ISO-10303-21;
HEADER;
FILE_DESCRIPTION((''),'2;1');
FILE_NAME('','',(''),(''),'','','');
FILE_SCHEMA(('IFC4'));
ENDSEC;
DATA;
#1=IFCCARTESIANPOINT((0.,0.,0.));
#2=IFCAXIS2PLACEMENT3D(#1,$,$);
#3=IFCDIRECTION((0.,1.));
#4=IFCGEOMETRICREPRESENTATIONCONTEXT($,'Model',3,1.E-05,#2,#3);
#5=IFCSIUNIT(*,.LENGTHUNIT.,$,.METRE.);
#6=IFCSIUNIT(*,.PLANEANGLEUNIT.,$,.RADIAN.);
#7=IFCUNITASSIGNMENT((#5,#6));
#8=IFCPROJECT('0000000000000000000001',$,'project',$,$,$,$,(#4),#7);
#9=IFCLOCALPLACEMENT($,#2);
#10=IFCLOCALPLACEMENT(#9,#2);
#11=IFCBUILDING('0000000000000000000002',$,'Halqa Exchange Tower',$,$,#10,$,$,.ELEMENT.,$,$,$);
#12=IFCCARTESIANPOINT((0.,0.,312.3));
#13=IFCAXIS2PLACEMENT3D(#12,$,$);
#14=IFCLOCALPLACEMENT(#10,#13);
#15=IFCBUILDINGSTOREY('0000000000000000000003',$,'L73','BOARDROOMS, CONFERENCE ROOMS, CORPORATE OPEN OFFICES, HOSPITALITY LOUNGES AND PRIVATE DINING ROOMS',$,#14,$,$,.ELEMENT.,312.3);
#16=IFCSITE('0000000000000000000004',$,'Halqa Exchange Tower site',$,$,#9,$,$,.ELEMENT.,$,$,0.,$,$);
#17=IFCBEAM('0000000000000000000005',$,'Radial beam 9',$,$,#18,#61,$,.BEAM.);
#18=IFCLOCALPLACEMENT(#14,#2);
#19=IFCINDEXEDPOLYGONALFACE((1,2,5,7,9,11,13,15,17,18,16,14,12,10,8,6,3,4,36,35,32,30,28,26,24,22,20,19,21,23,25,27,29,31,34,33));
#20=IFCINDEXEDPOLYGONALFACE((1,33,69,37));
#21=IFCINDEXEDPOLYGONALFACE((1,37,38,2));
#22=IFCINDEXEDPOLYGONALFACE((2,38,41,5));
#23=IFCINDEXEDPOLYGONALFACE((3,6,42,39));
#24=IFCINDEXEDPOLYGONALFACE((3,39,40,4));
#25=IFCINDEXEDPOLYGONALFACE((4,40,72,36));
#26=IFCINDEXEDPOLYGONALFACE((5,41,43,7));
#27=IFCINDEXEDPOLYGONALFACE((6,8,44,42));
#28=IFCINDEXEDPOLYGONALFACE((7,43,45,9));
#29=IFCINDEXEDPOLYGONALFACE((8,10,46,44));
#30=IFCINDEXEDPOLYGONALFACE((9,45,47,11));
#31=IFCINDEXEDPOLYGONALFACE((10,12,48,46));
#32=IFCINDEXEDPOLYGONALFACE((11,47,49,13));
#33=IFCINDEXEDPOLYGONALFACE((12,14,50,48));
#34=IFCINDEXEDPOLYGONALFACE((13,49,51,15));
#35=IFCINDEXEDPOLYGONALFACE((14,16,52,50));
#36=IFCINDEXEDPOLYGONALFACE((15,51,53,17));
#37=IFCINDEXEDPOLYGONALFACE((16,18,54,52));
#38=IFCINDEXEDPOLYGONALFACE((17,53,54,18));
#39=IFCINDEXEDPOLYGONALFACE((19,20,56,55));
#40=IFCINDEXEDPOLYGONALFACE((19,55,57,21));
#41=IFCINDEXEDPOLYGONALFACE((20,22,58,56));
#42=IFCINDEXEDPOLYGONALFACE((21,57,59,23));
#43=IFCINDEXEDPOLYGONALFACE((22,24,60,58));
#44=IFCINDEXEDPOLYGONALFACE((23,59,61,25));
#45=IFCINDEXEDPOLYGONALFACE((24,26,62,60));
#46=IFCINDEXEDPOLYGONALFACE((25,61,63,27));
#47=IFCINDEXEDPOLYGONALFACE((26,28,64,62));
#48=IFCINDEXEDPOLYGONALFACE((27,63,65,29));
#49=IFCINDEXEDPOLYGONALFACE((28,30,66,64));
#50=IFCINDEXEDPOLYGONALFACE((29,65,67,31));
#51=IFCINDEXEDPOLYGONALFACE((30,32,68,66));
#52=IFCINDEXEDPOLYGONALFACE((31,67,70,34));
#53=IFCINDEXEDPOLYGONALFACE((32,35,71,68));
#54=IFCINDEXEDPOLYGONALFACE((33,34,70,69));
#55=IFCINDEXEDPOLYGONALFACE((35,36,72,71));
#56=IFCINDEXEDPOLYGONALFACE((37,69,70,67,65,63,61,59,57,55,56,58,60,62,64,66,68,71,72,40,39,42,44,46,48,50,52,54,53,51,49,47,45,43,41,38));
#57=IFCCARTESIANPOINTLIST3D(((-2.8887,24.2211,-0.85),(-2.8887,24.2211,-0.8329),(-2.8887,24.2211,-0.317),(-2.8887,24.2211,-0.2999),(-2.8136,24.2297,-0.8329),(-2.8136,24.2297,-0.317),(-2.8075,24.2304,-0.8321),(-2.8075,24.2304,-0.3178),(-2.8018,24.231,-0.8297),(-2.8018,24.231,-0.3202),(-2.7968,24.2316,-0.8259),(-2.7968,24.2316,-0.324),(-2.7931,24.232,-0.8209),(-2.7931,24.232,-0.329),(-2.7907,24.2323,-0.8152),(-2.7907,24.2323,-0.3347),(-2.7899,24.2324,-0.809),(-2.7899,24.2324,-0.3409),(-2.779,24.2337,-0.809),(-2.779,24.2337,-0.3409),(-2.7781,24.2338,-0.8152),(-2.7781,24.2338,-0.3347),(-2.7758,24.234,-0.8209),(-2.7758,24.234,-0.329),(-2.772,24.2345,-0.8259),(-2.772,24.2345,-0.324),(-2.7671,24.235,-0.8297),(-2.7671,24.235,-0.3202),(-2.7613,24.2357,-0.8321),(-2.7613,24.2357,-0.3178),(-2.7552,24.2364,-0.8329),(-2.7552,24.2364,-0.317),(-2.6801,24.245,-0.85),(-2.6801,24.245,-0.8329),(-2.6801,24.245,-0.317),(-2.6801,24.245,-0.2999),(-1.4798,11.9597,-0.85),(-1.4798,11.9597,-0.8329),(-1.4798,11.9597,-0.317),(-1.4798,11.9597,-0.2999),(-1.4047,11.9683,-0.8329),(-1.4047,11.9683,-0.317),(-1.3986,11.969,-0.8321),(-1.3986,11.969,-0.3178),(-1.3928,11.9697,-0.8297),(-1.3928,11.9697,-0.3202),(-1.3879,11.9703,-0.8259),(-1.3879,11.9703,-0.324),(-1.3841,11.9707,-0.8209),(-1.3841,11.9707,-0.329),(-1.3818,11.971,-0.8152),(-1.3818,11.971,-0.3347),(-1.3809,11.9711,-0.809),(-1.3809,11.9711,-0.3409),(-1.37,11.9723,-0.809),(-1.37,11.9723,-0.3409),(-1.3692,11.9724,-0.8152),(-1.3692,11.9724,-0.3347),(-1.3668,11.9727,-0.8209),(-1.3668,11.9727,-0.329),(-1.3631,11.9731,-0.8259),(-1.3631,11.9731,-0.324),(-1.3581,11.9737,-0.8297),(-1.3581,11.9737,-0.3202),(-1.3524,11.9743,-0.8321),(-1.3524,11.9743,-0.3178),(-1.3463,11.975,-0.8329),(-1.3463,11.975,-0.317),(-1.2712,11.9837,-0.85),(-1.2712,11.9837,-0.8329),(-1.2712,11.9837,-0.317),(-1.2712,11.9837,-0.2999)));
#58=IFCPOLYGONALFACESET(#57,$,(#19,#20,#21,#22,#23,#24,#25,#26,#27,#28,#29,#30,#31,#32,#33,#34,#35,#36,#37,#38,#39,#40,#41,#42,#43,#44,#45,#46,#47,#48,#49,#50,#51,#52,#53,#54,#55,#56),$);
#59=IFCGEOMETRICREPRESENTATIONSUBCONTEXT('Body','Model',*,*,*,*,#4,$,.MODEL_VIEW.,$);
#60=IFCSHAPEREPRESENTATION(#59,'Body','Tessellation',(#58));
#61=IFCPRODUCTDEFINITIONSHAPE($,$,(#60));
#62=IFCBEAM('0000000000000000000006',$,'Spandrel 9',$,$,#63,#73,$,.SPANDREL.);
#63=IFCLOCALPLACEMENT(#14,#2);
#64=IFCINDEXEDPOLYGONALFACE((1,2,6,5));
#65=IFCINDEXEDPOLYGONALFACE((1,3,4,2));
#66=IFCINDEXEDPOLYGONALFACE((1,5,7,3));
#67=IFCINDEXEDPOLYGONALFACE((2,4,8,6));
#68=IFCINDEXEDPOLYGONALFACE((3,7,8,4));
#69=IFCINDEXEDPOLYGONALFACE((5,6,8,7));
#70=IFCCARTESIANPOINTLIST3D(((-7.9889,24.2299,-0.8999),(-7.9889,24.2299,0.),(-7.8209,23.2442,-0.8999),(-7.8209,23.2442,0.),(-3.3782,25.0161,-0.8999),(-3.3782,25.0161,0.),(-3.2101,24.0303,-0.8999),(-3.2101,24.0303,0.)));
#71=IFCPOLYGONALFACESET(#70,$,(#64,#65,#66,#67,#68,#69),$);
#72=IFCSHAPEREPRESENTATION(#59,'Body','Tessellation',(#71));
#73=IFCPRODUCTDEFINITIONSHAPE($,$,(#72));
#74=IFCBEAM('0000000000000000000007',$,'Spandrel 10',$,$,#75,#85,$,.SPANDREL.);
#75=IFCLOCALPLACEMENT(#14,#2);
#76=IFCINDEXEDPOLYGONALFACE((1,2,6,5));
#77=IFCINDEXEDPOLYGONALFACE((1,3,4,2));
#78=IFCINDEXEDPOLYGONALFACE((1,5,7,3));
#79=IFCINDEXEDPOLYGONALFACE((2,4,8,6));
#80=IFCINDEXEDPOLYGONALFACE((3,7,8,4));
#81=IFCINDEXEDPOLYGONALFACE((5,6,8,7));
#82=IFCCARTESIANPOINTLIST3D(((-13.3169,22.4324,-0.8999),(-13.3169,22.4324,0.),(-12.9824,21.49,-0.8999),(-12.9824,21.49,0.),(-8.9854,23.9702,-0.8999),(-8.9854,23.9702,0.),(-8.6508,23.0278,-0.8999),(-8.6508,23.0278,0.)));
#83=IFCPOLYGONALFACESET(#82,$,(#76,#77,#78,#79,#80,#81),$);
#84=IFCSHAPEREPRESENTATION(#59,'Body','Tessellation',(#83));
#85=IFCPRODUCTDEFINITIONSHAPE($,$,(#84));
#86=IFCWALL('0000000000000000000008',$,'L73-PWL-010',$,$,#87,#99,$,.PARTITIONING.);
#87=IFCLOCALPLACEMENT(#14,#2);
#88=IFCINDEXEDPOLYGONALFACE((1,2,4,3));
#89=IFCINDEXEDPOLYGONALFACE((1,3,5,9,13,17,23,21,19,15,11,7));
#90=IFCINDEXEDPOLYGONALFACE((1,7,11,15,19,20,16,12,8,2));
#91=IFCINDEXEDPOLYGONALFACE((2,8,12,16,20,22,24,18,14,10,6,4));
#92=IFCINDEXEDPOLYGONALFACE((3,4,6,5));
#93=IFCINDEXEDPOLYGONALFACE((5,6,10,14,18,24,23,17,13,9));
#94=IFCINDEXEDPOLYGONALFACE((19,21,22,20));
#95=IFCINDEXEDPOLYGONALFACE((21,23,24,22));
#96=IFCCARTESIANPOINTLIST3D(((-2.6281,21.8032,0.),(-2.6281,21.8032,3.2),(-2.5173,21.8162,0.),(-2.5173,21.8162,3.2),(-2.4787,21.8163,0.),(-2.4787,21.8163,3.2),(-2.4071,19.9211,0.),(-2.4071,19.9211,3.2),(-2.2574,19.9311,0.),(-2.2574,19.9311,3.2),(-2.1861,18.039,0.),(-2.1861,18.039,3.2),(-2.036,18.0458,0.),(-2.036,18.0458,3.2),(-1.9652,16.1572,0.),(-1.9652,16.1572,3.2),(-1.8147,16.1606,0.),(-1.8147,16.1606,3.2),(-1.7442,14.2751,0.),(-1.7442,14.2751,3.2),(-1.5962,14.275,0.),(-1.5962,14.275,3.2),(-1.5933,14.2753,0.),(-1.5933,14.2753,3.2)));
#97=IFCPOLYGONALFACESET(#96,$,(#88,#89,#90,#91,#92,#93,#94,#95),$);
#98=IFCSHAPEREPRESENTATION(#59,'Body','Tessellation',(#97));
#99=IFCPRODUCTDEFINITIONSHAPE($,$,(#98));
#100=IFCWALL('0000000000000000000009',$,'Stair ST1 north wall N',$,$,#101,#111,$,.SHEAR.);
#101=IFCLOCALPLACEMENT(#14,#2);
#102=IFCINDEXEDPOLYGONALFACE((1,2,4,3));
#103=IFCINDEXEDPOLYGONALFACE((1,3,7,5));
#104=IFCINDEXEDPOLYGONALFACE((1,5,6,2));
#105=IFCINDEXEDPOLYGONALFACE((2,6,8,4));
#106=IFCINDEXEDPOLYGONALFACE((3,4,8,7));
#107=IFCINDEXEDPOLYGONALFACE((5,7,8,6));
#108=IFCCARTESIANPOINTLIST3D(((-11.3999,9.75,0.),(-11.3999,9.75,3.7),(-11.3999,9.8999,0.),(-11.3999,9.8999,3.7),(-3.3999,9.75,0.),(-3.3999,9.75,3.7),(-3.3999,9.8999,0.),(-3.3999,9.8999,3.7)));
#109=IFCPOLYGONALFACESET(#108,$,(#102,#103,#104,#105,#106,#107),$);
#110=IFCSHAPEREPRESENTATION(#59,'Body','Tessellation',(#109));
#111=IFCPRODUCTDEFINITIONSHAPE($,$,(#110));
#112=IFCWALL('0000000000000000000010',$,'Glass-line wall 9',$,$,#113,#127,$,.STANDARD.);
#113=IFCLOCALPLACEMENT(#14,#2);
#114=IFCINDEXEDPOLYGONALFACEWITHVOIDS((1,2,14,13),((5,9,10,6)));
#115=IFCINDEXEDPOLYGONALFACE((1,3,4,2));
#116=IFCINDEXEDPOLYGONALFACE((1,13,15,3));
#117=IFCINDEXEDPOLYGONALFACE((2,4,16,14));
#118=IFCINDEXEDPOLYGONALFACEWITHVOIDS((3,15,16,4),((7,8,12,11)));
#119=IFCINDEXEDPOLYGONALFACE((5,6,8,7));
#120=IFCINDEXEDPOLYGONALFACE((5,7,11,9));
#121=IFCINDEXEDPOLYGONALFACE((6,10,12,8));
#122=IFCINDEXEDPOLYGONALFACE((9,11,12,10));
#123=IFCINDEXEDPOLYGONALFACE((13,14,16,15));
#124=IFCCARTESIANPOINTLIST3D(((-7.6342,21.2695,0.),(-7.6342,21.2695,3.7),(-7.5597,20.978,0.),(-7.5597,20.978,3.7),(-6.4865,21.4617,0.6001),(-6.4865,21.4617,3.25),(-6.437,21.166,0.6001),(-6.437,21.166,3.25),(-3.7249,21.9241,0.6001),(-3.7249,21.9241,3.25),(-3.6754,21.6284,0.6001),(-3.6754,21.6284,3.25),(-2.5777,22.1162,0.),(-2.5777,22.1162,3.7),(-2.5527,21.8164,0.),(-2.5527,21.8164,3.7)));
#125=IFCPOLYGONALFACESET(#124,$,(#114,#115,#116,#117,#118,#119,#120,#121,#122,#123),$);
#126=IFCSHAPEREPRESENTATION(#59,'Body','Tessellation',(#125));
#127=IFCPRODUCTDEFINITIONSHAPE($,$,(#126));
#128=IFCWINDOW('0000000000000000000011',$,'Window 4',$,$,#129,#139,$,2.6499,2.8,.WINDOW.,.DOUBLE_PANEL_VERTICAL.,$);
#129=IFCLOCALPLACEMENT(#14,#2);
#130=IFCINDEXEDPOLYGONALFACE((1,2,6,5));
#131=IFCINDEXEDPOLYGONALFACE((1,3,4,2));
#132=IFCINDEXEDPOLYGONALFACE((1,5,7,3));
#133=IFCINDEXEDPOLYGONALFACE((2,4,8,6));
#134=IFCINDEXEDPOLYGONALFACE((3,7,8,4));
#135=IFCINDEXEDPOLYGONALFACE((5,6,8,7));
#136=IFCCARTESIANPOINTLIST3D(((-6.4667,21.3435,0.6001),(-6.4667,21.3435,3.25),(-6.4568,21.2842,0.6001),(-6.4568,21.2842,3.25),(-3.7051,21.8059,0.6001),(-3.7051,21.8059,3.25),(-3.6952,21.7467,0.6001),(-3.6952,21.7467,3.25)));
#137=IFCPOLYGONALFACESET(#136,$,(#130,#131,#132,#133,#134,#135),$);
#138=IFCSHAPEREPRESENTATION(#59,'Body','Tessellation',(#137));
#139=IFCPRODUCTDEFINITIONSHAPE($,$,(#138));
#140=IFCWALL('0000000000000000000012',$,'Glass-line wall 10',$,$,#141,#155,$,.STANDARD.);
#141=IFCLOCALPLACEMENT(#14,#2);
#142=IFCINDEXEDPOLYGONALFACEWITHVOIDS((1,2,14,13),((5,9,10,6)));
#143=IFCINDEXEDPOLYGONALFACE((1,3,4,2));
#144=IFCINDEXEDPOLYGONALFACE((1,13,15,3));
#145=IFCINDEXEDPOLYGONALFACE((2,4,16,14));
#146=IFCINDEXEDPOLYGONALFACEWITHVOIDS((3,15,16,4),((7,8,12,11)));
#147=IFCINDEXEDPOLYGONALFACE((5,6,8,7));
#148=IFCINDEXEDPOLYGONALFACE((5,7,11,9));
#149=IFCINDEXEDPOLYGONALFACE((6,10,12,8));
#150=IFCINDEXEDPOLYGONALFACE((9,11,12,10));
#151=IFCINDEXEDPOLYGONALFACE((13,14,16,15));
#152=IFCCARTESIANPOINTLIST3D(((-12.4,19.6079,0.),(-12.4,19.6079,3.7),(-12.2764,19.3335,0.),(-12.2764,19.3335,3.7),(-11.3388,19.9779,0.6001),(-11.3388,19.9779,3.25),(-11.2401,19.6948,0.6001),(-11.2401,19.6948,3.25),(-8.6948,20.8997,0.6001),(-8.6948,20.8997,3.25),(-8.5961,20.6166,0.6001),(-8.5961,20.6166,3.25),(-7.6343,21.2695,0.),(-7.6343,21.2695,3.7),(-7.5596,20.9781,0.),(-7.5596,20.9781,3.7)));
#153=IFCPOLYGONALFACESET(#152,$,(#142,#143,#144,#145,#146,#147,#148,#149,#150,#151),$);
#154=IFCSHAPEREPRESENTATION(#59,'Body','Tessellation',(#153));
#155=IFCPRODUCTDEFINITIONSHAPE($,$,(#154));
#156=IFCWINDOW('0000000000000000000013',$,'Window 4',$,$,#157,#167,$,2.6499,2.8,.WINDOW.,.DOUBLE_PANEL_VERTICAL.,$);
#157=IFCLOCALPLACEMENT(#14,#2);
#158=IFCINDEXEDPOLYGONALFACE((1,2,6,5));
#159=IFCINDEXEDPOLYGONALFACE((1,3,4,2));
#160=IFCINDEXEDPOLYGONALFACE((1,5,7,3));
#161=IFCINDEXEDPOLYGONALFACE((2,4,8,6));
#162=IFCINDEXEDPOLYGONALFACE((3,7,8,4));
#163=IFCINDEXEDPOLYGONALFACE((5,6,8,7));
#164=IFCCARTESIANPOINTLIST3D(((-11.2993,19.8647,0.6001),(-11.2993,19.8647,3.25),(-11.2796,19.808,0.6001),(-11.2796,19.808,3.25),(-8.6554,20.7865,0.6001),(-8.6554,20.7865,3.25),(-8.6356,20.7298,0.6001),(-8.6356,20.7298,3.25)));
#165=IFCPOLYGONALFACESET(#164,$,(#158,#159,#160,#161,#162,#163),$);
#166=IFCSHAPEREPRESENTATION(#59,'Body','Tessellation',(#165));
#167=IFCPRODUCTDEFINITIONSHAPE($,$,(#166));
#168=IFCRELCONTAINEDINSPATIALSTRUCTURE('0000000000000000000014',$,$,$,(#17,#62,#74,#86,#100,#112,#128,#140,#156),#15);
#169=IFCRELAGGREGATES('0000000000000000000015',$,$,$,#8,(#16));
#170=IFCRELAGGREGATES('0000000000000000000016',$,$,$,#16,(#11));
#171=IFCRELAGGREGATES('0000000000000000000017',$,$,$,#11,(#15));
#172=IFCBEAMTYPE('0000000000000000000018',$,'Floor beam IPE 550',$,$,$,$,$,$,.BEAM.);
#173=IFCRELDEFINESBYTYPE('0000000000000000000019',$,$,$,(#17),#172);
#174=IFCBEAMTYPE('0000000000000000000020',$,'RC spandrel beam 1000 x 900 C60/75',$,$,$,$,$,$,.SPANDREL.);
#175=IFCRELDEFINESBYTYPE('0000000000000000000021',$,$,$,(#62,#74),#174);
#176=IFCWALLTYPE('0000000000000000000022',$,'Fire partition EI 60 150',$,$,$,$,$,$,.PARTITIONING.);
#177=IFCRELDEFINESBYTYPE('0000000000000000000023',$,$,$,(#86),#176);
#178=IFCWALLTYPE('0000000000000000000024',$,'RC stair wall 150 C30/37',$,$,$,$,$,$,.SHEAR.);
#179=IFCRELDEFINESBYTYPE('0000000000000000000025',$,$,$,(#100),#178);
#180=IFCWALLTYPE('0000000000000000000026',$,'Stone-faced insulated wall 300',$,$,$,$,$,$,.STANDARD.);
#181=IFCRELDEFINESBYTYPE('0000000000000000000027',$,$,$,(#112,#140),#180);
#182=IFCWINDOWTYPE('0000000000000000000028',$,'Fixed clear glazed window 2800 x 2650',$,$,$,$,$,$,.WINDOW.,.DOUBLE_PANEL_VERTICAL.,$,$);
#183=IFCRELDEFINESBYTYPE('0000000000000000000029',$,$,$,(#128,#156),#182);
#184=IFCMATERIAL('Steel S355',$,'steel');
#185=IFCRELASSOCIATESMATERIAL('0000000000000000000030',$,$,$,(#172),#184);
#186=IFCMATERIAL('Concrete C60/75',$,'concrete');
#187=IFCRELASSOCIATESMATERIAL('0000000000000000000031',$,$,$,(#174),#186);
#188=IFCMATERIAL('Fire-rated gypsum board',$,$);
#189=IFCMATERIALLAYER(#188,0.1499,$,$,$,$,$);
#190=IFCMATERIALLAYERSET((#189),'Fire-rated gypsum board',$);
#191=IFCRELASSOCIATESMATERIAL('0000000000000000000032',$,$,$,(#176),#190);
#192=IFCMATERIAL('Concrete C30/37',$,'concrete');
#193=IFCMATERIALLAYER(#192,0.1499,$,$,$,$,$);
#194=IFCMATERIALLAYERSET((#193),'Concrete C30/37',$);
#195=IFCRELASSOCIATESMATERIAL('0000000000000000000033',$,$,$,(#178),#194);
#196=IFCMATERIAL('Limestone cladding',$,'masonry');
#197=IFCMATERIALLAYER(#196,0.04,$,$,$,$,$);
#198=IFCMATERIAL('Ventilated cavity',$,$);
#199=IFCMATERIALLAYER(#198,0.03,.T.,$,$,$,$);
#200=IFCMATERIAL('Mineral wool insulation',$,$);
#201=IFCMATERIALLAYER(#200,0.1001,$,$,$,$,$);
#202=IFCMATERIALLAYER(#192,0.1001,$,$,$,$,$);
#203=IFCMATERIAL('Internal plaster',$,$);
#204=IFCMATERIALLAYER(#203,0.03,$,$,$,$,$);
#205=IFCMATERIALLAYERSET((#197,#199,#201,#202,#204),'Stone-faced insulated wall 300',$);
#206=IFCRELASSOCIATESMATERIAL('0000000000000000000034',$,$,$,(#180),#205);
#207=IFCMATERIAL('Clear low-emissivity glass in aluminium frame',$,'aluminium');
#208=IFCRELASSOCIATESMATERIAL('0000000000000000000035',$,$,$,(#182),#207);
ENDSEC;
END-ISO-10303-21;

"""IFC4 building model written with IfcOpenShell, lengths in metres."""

from ifc_helpers import new_model, si_unit, direction, frame, frame_2d, origin, origin_2d, place, context, subcontext, project, spatial, polyline, rectangle, i_section, outline, extrude, material, layer, layer_set, material_profile, profile_set, type_object, element, fill, save


model = new_model("IFC4")

# Units and contexts
model_context = context("Model", 3, precision=1e-05, world=origin(), true_north=direction((0.0, 1.0)))
body_context = subcontext(model_context, "Body", "Model", "MODEL_VIEW")
ifc_project = project(units=[si_unit("LENGTHUNIT", "METRE"), si_unit("PLANEANGLEUNIT", "RADIAN")], contexts=[model_context])

# Site, building, storey
site_placement = place(None, origin())
site = spatial("IfcSite", under=ifc_project, at=site_placement, Name="Halqa Exchange Tower site", CompositionType="ELEMENT", RefElevation=0.0)
building_placement = place(site_placement, origin())
building = spatial("IfcBuilding", under=site, at=building_placement, Name="Halqa Exchange Tower", CompositionType="ELEMENT")
storey_placement = place(building_placement, frame((0.0, 0.0, 312.3)))
storey = spatial("IfcBuildingStorey", under=building, at=storey_placement, Name="L73", Description="BOARDROOMS, CONFERENCE ROOMS, CORPORATE OPEN OFFICES, HOSPITALITY LOUNGES AND PRIVATE DINING ROOMS", CompositionType="ELEMENT", Elevation=312.3)

# Beams
ifc_material_1 = material(Name="Steel S355", Category="steel")
ifc_material_profile_1 = material_profile(ifc_material_1, i_section(OverallWidth=0.21, OverallDepth=0.55, WebThickness=0.011, FlangeThickness=0.0171, FilletRadius=0.0239, at=origin_2d()), Name="IPE 550")
ifc_profile_set_1 = profile_set([ifc_material_profile_1], Name="Steel S355")
beam_type_1 = type_object("IfcBeamType", Name="Floor beam IPE 550", PredefinedType="BEAM", material=ifc_profile_set_1)
beam_1_placement = place(storey_placement, frame((-1.3755, 11.9717, -0.575), z_axis=(-0.114156, 0.993463, 0.0), x_axis=(-0.993463, -0.114156, 0.0)))
element("IfcBeam", 1, at=beam_1_placement, inside=storey, type_object=beam_type_1, Name="Radial beam 9", PredefinedType="BEAM", context=body_context, shape_type="SweptSolid", body=[
    extrude(i_section(OverallWidth=0.21, OverallDepth=0.55, WebThickness=0.011, FlangeThickness=0.0171, FilletRadius=0.0239, at=origin_2d()), origin(), (0.0, 0.0, 1.0), 12.342),
])
ifc_material_2 = material(Name="Concrete C60/75", Category="concrete")
ifc_material_profile_2 = material_profile(ifc_material_2, rectangle(XDim=1.0, YDim=0.8999, at=origin_2d()), Name="1000 x 900")
ifc_profile_set_2 = profile_set([ifc_material_profile_2], Name="Concrete C60/75")
beam_type_2 = type_object("IfcBeamType", Name="RC spandrel beam 1000 x 900 C60/75", PredefinedType="SPANDREL", material=ifc_profile_set_2)
beam_2_placement = place(storey_placement, frame((-3.2942, 24.5232, -0.45), z_axis=(-0.985773, -0.16808, 0.0), x_axis=(0.16808, -0.985773, 0.0)))
element("IfcBeam", 2, at=beam_2_placement, inside=storey, type_object=beam_type_2, Name="Spandrel 9", PredefinedType="SPANDREL", context=body_context, shape_type="SweptSolid", body=[
    extrude(rectangle(XDim=1.0, YDim=0.8999, at=origin_2d()), origin(), (0.0, 0.0, 1.0), 4.6772),
])
beam_3_placement = place(storey_placement, frame((-8.8181, 23.499, -0.45), z_axis=(-0.94237, -0.334573, 0.0), x_axis=(0.334573, -0.94237, 0.0)))
element("IfcBeam", 3, at=beam_3_placement, inside=storey, type_object=beam_type_2, Name="Spandrel 10", PredefinedType="SPANDREL", context=body_context, shape_type="SweptSolid", body=[
    extrude(rectangle(XDim=1.0, YDim=0.8999, at=origin_2d()), origin(), (0.0, 0.0, 1.0), 4.5964),
])

# Walls
ifc_material_3 = material(Name="Fire-rated gypsum board")
ifc_layer_1 = layer(ifc_material_3, 0.1499)
ifc_layer_set_1 = layer_set([ifc_layer_1], Name="Fire-rated gypsum board")
wall_type_1 = type_object("IfcWallType", Name="Fire partition EI 60 150", PredefinedType="PARTITIONING", material=ifc_layer_set_1)
wall_1_placement = place(storey_placement, frame((-1.6677, 14.2666, 0.0), z_axis=(0.0, 0.0, 1.0), x_axis=(-0.116619, 0.993177, 0.0)))
element("IfcWall", 4, at=wall_1_placement, inside=storey, type_object=wall_type_1, Name="L73-PWL-010", PredefinedType="PARTITIONING", context=body_context, shape_type="SweptSolid", body=[
    extrude(outline(polyline([(0.0, -0.075), (1.8982, -0.075), (3.7964, -0.075), (5.6946, -0.075), (7.5928, -0.075), (7.5972, -0.0366), (7.5972, 0.075), (5.7021, 0.075), (3.8071, 0.075), (1.9124, 0.075), (0.0173, 0.075), (0.0, -0.072), (0.0, -0.075)])), origin(), (0.0, 0.0, 1.0), 3.2),
])
ifc_material_4 = material(Name="Concrete C30/37", Category="concrete")
ifc_layer_2 = layer(ifc_material_4, 0.1499)
ifc_layer_set_2 = layer_set([ifc_layer_2], Name="Concrete C30/37")
wall_type_2 = type_object("IfcWallType", Name="RC stair wall 150 C30/37", PredefinedType="SHEAR", material=ifc_layer_set_2)
wall_2_placement = place(storey_placement, frame((-11.3999, 9.825, 0.0), z_axis=(0.0, 0.0, 1.0), x_axis=(1.0, 0.0, 0.0)))
element("IfcWall", 5, at=wall_2_placement, inside=storey, type_object=wall_type_2, Name="Stair ST1 north wall N", PredefinedType="SHEAR", context=body_context, shape_type="SweptSolid", body=[
    extrude(rectangle(XDim=8.0, YDim=0.1499, at=frame_2d((4.0, 0.0))), origin(), (0.0, 0.0, 1.0), 3.7),
])

# Walls, openings, windows
ifc_material_5 = material(Name="Limestone cladding", Category="masonry")
ifc_layer_3 = layer(ifc_material_5, 0.04)
ifc_material_6 = material(Name="Ventilated cavity")
ifc_layer_4 = layer(ifc_material_6, 0.03, ventilated=True)
ifc_material_7 = material(Name="Mineral wool insulation")
ifc_layer_5 = layer(ifc_material_7, 0.1001)
ifc_layer_6 = layer(ifc_material_4, 0.1001)
ifc_material_8 = material(Name="Internal plaster")
ifc_layer_7 = layer(ifc_material_8, 0.03)
ifc_layer_set_3 = layer_set([ifc_layer_3, ifc_layer_4, ifc_layer_5, ifc_layer_6, ifc_layer_7], Name="Stone-faced insulated wall 300")
wall_type_3 = type_object("IfcWallType", Name="Stone-faced insulated wall 300", PredefinedType="STANDARD", material=ifc_layer_set_3)
wall_3_placement = place(storey_placement, frame((-2.5652, 21.9663, 0.0), z_axis=(0.0, 0.0, 1.0), x_axis=(-0.986269, -0.165144, 0.0)))
wall_3 = element("IfcWall", 6, at=wall_3_placement, inside=storey, type_object=wall_type_3, Name="Glass-line wall 9", PredefinedType="STANDARD", context=body_context, shape_type="SweptSolid", body=[
    extrude(outline(polyline([(-0.0125, -0.1499), (5.1145, -0.1499), (5.0891, 0.1499), (0.0125, 0.1499), (-0.0125, -0.1499)])), origin(), (0.0, 0.0, 1.0), 3.7),
])
opening_1_placement = place(wall_3_placement, frame((1.1509, 0.0, 0.6001)))
opening_1 = element("IfcOpeningElement", 7, at=opening_1_placement, cuts=wall_3, PredefinedType="OPENING", context=body_context, shape_type="SweptSolid", body=[
    extrude(rectangle(XDim=2.8, YDim=2.6499, at=frame_2d((1.3999, 1.325))), frame((0.0, 0.1621, 0.0), z_axis=(0.0, -1.0, 0.0), x_axis=(1.0, 0.0, 0.0)), (0.0, 0.0, 1.0), 0.324),
])
ifc_material_9 = material(Name="Clear low-emissivity glass in aluminium frame", Category="aluminium")
window_type = type_object("IfcWindowType", Name="Fixed clear glazed window 2800 x 2650", PartitioningType="DOUBLE_PANEL_VERTICAL", PredefinedType="WINDOW", material=ifc_material_9)
window_1_placement = place(opening_1_placement, origin())
window_1 = element("IfcWindow", 8, at=window_1_placement, inside=storey, type_object=window_type, Name="Window 4", OverallHeight=2.6499, OverallWidth=2.8, PartitioningType="DOUBLE_PANEL_VERTICAL", PredefinedType="WINDOW", context=body_context, shape_type="SweptSolid", body=[
    extrude(rectangle(XDim=2.8, YDim=2.6499, at=frame_2d((1.3999, 1.325))), frame((0.0, 0.03, 0.0), z_axis=(0.0, -1.0, 0.0), x_axis=(1.0, 0.0, 0.0)), (0.0, 0.0, 1.0), 0.0601),
])
fill(opening_1, window_1)
wall_4_placement = place(storey_placement, frame((-7.5969, 21.1238, 0.0), z_axis=(0.0, 0.0, 1.0), x_axis=(-0.944252, -0.329224, 0.0)))
wall_4 = element("IfcWall", 9, at=wall_4_placement, inside=storey, type_object=wall_type_3, Name="Glass-line wall 10", PredefinedType="STANDARD", context=body_context, shape_type="SweptSolid", body=[
    extrude(outline(polyline([(-0.0127, -0.1499), (5.0344, -0.1499), (5.0081, 0.1499), (0.0127, 0.1499), (-0.0127, -0.1499)])), origin(), (0.0, 0.0, 1.0), 3.7),
])
opening_2_placement = place(wall_4_placement, frame((1.1106, 0.0, 0.6001)))
opening_2 = element("IfcOpeningElement", 10, at=opening_2_placement, cuts=wall_4, PredefinedType="OPENING", context=body_context, shape_type="SweptSolid", body=[
    extrude(rectangle(XDim=2.8, YDim=2.6499, at=frame_2d((1.3999, 1.325))), frame((0.0, 0.1621, 0.0), z_axis=(0.0, -1.0, 0.0), x_axis=(1.0, 0.0, 0.0)), (0.0, 0.0, 1.0), 0.324),
])
window_2_placement = place(opening_2_placement, origin())
window_2 = element("IfcWindow", 11, at=window_2_placement, inside=storey, type_object=window_type, Name="Window 4", OverallHeight=2.6499, OverallWidth=2.8, PartitioningType="DOUBLE_PANEL_VERTICAL", PredefinedType="WINDOW", context=body_context, shape_type="SweptSolid", body=[
    extrude(rectangle(XDim=2.8, YDim=2.6499, at=frame_2d((1.3999, 1.325))), frame((0.0, 0.03, 0.0), z_axis=(0.0, -1.0, 0.0), x_axis=(1.0, 0.0, 0.0)), (0.0, 0.0, 1.0), 0.0601),
])
fill(opening_2, window_2)

save(model, "model.ifc")
